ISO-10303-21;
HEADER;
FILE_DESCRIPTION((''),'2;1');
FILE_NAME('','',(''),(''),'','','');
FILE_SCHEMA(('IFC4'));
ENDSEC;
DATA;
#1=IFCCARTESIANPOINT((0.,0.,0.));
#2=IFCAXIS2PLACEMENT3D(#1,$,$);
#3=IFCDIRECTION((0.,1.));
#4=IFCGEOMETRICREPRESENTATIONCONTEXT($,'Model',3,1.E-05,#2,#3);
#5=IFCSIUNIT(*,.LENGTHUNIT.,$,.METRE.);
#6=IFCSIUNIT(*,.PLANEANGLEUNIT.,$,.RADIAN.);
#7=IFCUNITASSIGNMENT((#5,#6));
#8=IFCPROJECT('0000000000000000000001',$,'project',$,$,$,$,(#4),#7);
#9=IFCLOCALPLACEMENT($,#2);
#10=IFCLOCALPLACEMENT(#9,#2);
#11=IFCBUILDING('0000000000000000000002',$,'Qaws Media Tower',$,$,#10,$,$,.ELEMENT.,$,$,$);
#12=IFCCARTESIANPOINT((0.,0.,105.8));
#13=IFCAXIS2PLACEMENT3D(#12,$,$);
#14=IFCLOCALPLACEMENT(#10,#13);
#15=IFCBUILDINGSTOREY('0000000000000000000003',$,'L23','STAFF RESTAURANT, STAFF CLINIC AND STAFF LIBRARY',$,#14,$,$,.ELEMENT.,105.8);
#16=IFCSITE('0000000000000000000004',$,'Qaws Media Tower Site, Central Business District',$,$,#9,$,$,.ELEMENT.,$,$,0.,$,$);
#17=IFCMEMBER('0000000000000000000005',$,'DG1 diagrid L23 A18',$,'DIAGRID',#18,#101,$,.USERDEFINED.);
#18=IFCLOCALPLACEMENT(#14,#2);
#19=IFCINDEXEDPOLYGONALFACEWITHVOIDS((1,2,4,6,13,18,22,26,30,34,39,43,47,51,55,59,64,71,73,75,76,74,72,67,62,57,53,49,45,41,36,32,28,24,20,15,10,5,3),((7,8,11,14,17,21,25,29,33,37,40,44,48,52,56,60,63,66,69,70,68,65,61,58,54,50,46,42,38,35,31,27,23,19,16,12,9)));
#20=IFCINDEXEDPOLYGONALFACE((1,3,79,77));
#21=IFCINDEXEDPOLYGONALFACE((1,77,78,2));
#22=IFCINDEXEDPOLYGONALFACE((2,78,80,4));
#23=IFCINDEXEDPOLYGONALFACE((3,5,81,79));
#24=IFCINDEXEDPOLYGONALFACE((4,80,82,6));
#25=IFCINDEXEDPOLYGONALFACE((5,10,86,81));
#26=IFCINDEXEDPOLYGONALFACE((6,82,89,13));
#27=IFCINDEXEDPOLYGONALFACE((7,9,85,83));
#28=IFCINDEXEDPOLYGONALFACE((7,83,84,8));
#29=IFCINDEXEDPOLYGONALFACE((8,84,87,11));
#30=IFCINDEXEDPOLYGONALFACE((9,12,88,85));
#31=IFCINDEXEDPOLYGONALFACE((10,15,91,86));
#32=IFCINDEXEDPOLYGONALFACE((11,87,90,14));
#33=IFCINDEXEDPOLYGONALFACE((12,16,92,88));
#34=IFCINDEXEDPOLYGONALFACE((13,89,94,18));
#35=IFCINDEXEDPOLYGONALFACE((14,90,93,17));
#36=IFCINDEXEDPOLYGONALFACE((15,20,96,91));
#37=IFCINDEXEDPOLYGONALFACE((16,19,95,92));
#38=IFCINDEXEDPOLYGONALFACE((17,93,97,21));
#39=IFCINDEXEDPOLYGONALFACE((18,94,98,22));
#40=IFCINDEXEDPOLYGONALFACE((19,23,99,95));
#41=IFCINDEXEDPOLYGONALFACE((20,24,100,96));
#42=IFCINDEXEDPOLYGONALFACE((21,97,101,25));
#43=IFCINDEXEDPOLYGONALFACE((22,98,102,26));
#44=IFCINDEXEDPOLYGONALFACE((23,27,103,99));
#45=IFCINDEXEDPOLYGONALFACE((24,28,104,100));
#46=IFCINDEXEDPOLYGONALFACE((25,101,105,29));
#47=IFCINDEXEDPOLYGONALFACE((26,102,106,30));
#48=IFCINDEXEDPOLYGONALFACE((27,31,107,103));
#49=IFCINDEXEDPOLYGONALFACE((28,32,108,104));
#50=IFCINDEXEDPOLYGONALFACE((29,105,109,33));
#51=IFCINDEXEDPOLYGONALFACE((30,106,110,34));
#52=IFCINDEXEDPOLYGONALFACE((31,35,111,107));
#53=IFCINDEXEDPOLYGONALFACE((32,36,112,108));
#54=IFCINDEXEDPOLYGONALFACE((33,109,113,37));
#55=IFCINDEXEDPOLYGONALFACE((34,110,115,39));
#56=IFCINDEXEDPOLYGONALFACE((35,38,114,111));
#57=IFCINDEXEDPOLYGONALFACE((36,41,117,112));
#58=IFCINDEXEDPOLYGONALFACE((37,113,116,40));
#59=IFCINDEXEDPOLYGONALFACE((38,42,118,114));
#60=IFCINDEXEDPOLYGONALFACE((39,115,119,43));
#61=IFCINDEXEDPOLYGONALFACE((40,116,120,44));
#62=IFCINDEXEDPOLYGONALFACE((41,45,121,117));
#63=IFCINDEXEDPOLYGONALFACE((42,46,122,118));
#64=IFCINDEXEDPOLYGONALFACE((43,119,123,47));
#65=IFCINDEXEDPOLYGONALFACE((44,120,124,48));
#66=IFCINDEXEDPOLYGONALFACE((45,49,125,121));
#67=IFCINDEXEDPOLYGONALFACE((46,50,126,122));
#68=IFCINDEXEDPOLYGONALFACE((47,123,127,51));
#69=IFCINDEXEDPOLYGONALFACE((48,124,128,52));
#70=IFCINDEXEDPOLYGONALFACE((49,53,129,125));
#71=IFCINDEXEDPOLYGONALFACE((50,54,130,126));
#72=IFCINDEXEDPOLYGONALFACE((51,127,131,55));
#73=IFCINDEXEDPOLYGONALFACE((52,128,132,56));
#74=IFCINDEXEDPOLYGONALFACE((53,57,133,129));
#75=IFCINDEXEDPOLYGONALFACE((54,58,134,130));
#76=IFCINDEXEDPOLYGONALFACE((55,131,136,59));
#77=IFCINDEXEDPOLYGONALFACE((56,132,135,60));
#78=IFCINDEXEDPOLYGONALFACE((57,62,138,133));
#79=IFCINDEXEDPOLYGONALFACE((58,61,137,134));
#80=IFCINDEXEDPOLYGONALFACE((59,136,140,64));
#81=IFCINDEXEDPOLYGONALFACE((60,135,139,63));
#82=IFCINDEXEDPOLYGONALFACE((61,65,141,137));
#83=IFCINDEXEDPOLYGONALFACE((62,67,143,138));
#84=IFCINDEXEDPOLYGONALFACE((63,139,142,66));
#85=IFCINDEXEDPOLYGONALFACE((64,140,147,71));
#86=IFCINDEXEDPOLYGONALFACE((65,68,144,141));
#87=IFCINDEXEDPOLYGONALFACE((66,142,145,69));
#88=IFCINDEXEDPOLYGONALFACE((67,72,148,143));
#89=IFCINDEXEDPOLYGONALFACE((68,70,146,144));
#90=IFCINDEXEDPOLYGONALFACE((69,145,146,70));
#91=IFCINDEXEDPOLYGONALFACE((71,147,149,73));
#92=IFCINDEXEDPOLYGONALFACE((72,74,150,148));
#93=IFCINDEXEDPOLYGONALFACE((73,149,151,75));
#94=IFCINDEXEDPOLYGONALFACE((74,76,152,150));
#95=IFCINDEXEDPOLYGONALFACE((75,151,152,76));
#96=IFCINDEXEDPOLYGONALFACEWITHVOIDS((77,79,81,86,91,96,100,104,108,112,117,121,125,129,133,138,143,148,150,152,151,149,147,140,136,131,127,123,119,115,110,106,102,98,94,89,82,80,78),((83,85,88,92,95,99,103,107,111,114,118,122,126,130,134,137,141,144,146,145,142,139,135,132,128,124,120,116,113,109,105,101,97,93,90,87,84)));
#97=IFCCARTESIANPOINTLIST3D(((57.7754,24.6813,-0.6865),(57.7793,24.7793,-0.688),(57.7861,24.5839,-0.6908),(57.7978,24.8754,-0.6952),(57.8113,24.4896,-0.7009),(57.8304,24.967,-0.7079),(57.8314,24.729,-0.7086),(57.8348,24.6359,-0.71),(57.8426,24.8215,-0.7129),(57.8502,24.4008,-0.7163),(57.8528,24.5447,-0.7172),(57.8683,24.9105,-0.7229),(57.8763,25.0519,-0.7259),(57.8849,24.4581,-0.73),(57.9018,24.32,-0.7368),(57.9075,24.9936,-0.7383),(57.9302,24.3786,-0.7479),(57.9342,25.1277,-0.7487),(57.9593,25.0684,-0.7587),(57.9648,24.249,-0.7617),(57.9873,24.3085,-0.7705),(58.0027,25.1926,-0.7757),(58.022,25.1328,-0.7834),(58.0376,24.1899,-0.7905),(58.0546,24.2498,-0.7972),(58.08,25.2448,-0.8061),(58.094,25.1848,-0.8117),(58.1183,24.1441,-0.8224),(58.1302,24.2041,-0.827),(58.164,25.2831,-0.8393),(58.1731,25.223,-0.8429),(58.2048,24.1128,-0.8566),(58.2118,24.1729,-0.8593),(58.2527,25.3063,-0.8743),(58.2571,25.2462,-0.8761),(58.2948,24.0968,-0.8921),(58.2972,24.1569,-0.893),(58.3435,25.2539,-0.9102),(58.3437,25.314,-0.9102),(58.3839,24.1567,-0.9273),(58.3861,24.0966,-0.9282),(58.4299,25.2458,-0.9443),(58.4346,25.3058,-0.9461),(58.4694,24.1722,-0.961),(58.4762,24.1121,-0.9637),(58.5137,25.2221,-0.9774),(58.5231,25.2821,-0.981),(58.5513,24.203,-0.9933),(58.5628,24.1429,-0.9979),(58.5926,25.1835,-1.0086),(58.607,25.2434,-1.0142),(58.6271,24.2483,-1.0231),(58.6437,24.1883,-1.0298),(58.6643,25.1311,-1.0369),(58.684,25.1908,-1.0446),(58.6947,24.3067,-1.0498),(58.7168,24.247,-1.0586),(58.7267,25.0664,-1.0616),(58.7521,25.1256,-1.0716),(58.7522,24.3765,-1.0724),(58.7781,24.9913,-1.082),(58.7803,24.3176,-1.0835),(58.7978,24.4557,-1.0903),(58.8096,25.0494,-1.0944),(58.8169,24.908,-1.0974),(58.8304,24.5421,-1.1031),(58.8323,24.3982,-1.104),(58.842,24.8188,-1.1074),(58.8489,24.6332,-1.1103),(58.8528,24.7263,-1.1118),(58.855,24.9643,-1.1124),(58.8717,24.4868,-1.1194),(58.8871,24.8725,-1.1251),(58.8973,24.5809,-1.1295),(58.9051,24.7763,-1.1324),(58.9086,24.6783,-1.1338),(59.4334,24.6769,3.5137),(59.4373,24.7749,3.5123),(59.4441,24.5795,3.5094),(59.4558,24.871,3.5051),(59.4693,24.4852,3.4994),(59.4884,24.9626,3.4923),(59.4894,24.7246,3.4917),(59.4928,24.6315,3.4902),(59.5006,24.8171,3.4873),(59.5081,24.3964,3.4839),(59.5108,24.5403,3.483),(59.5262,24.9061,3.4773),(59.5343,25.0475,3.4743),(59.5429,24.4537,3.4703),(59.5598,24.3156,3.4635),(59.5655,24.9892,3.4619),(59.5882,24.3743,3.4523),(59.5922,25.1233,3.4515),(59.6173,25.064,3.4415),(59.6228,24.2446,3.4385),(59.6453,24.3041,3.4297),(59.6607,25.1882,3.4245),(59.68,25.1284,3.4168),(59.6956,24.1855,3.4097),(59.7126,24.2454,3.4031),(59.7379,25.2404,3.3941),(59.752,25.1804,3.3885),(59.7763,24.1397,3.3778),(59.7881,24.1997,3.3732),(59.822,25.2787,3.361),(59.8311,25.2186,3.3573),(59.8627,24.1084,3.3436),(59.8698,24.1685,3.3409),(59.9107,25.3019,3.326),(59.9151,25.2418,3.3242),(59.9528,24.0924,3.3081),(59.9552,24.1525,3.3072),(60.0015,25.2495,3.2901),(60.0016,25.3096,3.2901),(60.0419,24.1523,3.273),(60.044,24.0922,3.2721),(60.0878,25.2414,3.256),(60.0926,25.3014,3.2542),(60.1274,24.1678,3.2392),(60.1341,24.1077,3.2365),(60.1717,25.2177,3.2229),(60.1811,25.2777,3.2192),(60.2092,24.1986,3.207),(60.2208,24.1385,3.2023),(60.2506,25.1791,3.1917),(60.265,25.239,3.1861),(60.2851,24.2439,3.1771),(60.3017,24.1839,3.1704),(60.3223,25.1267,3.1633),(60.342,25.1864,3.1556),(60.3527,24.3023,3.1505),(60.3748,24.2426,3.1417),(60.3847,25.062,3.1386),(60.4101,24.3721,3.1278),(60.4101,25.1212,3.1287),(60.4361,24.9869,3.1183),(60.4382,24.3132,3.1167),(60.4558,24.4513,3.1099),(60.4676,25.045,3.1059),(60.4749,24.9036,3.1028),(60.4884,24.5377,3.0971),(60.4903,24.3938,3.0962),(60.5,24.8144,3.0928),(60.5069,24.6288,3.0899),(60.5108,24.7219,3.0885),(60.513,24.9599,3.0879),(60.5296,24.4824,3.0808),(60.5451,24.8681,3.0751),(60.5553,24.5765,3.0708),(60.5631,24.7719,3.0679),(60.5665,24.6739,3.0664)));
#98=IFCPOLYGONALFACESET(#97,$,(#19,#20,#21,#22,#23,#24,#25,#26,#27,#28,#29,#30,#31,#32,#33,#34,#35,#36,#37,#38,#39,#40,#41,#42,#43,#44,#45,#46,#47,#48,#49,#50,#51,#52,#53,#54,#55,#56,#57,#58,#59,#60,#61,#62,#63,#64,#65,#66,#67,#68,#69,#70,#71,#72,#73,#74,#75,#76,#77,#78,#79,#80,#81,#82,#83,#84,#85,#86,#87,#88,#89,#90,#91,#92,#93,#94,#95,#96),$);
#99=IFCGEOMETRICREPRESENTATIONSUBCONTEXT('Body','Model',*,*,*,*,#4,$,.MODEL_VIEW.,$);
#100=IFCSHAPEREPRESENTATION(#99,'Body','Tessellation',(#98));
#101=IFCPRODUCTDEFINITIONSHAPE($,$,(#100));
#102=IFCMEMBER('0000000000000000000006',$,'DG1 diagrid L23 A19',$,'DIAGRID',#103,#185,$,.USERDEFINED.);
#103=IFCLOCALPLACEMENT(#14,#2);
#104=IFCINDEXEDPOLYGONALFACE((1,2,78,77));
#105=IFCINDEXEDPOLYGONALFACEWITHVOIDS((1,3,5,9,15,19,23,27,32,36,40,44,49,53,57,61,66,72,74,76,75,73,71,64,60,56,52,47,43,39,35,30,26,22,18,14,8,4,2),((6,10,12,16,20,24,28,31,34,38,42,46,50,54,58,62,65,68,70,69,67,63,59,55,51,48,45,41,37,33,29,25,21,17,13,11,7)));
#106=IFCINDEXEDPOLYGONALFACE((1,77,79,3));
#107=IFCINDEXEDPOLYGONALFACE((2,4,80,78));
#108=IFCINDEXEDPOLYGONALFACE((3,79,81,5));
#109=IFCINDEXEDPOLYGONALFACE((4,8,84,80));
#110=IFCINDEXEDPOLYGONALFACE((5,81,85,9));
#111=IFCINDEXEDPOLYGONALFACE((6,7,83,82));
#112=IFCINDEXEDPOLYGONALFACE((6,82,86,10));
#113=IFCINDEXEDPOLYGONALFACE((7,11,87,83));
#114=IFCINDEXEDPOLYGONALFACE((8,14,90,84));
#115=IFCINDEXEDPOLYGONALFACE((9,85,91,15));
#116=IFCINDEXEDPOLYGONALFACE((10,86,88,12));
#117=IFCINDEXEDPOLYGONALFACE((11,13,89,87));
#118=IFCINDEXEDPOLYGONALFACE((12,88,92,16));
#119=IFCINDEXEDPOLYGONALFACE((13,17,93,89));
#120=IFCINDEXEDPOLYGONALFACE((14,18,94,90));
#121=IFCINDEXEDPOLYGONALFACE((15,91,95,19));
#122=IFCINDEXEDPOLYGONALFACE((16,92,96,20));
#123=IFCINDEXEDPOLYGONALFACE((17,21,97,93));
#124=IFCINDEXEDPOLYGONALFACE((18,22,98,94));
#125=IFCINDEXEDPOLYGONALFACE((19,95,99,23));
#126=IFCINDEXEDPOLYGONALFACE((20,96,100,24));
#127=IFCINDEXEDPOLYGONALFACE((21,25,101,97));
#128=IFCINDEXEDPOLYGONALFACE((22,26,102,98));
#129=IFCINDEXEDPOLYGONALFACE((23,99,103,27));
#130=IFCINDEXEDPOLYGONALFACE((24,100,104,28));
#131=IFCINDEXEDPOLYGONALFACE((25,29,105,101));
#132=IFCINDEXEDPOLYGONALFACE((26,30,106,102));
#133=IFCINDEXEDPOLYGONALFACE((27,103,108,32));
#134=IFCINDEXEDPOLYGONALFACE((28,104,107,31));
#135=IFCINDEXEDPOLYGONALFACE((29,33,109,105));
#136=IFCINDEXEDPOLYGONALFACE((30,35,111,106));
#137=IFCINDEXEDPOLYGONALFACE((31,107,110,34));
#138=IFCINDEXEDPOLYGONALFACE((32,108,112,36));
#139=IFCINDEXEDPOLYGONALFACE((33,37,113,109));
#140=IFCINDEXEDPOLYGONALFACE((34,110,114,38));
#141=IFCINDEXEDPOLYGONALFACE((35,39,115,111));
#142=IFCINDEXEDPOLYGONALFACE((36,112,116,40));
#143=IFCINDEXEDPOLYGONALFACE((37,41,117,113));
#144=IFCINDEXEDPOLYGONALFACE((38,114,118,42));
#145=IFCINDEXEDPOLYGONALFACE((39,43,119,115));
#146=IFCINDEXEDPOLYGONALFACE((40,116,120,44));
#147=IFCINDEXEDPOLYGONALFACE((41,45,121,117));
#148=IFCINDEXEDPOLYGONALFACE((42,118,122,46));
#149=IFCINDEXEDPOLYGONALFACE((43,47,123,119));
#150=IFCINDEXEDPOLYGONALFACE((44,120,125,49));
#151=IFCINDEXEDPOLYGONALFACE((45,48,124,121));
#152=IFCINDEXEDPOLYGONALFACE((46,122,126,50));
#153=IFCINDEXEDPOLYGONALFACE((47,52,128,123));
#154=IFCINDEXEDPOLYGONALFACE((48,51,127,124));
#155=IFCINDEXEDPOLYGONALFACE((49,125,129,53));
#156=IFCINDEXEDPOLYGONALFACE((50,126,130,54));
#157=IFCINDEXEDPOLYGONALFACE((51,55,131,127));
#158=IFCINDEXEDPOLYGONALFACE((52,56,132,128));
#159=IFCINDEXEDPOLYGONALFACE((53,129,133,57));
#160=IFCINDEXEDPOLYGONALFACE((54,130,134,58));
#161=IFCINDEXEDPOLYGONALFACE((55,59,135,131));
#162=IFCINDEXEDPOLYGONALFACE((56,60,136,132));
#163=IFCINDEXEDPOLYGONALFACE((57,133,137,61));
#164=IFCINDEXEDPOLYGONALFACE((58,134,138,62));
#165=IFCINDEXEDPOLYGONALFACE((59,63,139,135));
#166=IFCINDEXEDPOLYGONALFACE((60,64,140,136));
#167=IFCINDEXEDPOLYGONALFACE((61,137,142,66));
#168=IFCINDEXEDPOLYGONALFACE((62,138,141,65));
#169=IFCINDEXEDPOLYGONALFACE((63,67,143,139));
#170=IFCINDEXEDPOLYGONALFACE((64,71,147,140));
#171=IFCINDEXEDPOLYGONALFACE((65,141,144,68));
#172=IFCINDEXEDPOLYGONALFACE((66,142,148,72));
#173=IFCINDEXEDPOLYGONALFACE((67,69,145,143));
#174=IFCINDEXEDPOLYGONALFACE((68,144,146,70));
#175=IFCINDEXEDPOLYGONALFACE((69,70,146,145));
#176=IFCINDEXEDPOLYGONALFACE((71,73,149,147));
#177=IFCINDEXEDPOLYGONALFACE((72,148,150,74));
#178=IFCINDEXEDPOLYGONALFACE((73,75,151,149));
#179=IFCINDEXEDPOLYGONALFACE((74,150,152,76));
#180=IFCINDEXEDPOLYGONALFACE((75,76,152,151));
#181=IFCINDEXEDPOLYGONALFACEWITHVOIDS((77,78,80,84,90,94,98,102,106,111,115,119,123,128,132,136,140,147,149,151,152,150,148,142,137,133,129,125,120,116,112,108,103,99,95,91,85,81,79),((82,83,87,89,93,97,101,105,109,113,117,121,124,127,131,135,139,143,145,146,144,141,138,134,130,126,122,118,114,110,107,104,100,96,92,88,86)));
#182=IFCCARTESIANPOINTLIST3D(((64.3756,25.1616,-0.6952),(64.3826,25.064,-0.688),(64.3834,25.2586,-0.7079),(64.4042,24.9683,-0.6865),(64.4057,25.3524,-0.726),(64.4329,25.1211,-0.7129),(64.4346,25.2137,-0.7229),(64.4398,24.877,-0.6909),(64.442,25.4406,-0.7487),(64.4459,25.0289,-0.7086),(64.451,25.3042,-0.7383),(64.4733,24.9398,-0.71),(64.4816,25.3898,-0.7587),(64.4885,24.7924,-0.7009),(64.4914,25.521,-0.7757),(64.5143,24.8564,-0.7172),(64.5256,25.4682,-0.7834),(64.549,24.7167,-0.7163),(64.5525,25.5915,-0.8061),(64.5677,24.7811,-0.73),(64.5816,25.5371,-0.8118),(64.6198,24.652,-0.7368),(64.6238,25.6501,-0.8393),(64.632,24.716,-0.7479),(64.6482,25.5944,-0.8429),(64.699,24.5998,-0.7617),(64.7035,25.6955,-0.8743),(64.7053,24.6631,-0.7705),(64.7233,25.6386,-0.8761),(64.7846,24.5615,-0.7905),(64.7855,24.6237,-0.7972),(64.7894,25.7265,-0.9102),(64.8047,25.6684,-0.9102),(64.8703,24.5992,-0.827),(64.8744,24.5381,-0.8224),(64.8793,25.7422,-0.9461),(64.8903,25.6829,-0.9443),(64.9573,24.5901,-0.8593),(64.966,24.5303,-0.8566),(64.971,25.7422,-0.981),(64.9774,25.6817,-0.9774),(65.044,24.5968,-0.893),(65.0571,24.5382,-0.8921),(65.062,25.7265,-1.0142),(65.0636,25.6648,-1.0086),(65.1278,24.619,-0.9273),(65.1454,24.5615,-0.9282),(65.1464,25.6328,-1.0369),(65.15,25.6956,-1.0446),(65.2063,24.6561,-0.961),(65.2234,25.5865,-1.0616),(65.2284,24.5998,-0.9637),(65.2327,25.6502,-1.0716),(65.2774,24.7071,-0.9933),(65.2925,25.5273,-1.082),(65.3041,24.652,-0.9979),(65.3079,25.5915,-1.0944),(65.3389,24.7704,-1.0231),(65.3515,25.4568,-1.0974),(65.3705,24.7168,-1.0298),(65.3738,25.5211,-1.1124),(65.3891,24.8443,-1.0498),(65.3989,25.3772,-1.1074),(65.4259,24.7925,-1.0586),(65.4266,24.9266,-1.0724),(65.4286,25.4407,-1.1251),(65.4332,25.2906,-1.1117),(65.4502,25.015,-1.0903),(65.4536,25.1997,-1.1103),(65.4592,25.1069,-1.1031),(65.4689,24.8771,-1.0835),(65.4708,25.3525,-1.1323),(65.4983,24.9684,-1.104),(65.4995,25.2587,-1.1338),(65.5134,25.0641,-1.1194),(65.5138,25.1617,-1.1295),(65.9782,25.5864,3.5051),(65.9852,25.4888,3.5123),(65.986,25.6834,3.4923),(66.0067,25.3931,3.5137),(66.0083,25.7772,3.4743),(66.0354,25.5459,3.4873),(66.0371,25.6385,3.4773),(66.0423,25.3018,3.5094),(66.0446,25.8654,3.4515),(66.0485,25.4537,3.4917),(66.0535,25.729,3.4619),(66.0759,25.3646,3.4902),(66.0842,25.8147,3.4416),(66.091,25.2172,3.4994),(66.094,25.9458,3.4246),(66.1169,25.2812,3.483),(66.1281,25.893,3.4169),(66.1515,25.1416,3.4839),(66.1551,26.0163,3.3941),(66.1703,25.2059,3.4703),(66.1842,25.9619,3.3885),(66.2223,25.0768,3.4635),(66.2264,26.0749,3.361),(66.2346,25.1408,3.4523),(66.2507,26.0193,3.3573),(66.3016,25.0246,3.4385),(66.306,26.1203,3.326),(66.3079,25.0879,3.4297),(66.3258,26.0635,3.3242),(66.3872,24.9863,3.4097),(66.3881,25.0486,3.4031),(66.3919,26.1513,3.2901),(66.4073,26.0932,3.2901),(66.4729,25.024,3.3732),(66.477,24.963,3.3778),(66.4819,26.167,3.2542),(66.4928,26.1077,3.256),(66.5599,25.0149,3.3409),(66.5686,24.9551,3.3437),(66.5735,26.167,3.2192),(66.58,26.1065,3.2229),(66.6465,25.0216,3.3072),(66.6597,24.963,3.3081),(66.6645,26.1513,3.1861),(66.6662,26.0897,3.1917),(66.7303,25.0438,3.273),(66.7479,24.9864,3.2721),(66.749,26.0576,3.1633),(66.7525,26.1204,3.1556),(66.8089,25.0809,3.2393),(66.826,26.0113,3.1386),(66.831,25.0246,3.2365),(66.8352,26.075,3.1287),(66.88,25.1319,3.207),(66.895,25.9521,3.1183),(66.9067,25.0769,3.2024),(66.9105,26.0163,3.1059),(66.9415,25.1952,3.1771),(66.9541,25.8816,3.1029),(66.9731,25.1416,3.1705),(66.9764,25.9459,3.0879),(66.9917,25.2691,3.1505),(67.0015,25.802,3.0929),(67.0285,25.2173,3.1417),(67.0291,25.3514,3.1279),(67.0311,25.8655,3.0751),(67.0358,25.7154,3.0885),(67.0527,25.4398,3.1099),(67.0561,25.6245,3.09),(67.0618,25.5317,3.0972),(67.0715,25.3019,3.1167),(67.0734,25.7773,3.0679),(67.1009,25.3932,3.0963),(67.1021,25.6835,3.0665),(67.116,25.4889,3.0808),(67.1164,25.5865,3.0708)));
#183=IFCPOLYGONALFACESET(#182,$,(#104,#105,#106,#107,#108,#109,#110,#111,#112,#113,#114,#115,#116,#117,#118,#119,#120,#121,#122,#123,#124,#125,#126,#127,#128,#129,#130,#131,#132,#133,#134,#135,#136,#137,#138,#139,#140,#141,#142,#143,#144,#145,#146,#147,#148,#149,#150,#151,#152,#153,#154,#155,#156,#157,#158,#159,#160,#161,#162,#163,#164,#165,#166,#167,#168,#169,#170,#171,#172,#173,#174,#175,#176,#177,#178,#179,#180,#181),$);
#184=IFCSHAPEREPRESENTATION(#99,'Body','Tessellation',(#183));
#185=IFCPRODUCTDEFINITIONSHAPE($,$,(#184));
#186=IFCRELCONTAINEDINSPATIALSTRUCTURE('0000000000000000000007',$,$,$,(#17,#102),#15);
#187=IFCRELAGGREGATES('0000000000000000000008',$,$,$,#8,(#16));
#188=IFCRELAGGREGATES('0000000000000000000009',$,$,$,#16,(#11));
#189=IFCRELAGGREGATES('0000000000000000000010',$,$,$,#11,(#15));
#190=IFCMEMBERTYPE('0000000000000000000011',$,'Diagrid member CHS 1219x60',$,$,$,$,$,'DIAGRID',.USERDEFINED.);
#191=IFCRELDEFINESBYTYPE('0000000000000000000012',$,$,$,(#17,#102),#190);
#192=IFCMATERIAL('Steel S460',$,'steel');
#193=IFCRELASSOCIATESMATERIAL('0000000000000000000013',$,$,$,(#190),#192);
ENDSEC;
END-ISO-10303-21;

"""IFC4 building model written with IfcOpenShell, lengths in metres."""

from ifc_helpers import new_model, si_unit, direction, frame, origin, origin_2d, place, context, subcontext, project, spatial, hollow_circle, extrude, material, material_profile, profile_set, type_object, element, save


model = new_model("IFC4")

# Units and contexts
model_context = context("Model", 3, precision=1e-05, world=origin(), true_north=direction((0.0, 1.0)))
body_context = subcontext(model_context, "Body", "Model", "MODEL_VIEW")
ifc_project = project(units=[si_unit("LENGTHUNIT", "METRE"), si_unit("PLANEANGLEUNIT", "RADIAN")], contexts=[model_context])

# Site, building, storey
site_placement = place(None, origin())
site = spatial("IfcSite", under=ifc_project, at=site_placement, Name="Qaws Media Tower Site, Central Business District", CompositionType="ELEMENT", RefElevation=0.0)
building_placement = place(site_placement, origin())
building = spatial("IfcBuilding", under=site, at=building_placement, Name="Qaws Media Tower", CompositionType="ELEMENT")
storey_placement = place(building_placement, frame((0.0, 0.0, 105.8)))
storey = spatial("IfcBuildingStorey", under=building, at=storey_placement, Name="L23", Description="STAFF RESTAURANT, STAFF CLINIC AND STAFF LIBRARY", CompositionType="ELEMENT", Elevation=105.8)

# Members
ifc_material_1 = material(Name="Steel S460", Category="steel")
ifc_material_profile_1 = material_profile(ifc_material_1, hollow_circle(Radius=0.6096, WallThickness=0.0601, at=origin_2d()), Name="CHS 1219x60")
ifc_profile_set_1 = profile_set([ifc_material_profile_1], Name="Steel S460")
member_type_1 = type_object("IfcMemberType", Name="Diagrid member CHS 1219x60", ElementType="DIAGRID", PredefinedType="USERDEFINED", material=ifc_profile_set_1)
for number, where, z_axis, x_axis, name in (
    (1, (58.342, 24.7043, -0.9102), (0.367164, -0.000973, 0.930156), (0.002651, 0.999996, 0.0), "DG1 diagrid L23 A18"),
    (2, (64.9456, 25.1372, -0.9102), (0.354893, 0.094076, 0.930162), (-0.256233, 0.966615, 0.0), "DG1 diagrid L23 A19"),
):
    element("IfcMember", number, at=place(storey_placement, frame(where, z_axis=z_axis, x_axis=x_axis)), inside=storey, type_object=member_type_1, Name=name, ObjectType="DIAGRID", PredefinedType="USERDEFINED", context=body_context, shape_type="SweptSolid", body=[
        extrude(hollow_circle(Radius=0.6096, WallThickness=0.0601, at=origin_2d()), origin(), (0.0, 0.0, 1.0), 4.5156),
    ])

save(model, "model.ifc")
